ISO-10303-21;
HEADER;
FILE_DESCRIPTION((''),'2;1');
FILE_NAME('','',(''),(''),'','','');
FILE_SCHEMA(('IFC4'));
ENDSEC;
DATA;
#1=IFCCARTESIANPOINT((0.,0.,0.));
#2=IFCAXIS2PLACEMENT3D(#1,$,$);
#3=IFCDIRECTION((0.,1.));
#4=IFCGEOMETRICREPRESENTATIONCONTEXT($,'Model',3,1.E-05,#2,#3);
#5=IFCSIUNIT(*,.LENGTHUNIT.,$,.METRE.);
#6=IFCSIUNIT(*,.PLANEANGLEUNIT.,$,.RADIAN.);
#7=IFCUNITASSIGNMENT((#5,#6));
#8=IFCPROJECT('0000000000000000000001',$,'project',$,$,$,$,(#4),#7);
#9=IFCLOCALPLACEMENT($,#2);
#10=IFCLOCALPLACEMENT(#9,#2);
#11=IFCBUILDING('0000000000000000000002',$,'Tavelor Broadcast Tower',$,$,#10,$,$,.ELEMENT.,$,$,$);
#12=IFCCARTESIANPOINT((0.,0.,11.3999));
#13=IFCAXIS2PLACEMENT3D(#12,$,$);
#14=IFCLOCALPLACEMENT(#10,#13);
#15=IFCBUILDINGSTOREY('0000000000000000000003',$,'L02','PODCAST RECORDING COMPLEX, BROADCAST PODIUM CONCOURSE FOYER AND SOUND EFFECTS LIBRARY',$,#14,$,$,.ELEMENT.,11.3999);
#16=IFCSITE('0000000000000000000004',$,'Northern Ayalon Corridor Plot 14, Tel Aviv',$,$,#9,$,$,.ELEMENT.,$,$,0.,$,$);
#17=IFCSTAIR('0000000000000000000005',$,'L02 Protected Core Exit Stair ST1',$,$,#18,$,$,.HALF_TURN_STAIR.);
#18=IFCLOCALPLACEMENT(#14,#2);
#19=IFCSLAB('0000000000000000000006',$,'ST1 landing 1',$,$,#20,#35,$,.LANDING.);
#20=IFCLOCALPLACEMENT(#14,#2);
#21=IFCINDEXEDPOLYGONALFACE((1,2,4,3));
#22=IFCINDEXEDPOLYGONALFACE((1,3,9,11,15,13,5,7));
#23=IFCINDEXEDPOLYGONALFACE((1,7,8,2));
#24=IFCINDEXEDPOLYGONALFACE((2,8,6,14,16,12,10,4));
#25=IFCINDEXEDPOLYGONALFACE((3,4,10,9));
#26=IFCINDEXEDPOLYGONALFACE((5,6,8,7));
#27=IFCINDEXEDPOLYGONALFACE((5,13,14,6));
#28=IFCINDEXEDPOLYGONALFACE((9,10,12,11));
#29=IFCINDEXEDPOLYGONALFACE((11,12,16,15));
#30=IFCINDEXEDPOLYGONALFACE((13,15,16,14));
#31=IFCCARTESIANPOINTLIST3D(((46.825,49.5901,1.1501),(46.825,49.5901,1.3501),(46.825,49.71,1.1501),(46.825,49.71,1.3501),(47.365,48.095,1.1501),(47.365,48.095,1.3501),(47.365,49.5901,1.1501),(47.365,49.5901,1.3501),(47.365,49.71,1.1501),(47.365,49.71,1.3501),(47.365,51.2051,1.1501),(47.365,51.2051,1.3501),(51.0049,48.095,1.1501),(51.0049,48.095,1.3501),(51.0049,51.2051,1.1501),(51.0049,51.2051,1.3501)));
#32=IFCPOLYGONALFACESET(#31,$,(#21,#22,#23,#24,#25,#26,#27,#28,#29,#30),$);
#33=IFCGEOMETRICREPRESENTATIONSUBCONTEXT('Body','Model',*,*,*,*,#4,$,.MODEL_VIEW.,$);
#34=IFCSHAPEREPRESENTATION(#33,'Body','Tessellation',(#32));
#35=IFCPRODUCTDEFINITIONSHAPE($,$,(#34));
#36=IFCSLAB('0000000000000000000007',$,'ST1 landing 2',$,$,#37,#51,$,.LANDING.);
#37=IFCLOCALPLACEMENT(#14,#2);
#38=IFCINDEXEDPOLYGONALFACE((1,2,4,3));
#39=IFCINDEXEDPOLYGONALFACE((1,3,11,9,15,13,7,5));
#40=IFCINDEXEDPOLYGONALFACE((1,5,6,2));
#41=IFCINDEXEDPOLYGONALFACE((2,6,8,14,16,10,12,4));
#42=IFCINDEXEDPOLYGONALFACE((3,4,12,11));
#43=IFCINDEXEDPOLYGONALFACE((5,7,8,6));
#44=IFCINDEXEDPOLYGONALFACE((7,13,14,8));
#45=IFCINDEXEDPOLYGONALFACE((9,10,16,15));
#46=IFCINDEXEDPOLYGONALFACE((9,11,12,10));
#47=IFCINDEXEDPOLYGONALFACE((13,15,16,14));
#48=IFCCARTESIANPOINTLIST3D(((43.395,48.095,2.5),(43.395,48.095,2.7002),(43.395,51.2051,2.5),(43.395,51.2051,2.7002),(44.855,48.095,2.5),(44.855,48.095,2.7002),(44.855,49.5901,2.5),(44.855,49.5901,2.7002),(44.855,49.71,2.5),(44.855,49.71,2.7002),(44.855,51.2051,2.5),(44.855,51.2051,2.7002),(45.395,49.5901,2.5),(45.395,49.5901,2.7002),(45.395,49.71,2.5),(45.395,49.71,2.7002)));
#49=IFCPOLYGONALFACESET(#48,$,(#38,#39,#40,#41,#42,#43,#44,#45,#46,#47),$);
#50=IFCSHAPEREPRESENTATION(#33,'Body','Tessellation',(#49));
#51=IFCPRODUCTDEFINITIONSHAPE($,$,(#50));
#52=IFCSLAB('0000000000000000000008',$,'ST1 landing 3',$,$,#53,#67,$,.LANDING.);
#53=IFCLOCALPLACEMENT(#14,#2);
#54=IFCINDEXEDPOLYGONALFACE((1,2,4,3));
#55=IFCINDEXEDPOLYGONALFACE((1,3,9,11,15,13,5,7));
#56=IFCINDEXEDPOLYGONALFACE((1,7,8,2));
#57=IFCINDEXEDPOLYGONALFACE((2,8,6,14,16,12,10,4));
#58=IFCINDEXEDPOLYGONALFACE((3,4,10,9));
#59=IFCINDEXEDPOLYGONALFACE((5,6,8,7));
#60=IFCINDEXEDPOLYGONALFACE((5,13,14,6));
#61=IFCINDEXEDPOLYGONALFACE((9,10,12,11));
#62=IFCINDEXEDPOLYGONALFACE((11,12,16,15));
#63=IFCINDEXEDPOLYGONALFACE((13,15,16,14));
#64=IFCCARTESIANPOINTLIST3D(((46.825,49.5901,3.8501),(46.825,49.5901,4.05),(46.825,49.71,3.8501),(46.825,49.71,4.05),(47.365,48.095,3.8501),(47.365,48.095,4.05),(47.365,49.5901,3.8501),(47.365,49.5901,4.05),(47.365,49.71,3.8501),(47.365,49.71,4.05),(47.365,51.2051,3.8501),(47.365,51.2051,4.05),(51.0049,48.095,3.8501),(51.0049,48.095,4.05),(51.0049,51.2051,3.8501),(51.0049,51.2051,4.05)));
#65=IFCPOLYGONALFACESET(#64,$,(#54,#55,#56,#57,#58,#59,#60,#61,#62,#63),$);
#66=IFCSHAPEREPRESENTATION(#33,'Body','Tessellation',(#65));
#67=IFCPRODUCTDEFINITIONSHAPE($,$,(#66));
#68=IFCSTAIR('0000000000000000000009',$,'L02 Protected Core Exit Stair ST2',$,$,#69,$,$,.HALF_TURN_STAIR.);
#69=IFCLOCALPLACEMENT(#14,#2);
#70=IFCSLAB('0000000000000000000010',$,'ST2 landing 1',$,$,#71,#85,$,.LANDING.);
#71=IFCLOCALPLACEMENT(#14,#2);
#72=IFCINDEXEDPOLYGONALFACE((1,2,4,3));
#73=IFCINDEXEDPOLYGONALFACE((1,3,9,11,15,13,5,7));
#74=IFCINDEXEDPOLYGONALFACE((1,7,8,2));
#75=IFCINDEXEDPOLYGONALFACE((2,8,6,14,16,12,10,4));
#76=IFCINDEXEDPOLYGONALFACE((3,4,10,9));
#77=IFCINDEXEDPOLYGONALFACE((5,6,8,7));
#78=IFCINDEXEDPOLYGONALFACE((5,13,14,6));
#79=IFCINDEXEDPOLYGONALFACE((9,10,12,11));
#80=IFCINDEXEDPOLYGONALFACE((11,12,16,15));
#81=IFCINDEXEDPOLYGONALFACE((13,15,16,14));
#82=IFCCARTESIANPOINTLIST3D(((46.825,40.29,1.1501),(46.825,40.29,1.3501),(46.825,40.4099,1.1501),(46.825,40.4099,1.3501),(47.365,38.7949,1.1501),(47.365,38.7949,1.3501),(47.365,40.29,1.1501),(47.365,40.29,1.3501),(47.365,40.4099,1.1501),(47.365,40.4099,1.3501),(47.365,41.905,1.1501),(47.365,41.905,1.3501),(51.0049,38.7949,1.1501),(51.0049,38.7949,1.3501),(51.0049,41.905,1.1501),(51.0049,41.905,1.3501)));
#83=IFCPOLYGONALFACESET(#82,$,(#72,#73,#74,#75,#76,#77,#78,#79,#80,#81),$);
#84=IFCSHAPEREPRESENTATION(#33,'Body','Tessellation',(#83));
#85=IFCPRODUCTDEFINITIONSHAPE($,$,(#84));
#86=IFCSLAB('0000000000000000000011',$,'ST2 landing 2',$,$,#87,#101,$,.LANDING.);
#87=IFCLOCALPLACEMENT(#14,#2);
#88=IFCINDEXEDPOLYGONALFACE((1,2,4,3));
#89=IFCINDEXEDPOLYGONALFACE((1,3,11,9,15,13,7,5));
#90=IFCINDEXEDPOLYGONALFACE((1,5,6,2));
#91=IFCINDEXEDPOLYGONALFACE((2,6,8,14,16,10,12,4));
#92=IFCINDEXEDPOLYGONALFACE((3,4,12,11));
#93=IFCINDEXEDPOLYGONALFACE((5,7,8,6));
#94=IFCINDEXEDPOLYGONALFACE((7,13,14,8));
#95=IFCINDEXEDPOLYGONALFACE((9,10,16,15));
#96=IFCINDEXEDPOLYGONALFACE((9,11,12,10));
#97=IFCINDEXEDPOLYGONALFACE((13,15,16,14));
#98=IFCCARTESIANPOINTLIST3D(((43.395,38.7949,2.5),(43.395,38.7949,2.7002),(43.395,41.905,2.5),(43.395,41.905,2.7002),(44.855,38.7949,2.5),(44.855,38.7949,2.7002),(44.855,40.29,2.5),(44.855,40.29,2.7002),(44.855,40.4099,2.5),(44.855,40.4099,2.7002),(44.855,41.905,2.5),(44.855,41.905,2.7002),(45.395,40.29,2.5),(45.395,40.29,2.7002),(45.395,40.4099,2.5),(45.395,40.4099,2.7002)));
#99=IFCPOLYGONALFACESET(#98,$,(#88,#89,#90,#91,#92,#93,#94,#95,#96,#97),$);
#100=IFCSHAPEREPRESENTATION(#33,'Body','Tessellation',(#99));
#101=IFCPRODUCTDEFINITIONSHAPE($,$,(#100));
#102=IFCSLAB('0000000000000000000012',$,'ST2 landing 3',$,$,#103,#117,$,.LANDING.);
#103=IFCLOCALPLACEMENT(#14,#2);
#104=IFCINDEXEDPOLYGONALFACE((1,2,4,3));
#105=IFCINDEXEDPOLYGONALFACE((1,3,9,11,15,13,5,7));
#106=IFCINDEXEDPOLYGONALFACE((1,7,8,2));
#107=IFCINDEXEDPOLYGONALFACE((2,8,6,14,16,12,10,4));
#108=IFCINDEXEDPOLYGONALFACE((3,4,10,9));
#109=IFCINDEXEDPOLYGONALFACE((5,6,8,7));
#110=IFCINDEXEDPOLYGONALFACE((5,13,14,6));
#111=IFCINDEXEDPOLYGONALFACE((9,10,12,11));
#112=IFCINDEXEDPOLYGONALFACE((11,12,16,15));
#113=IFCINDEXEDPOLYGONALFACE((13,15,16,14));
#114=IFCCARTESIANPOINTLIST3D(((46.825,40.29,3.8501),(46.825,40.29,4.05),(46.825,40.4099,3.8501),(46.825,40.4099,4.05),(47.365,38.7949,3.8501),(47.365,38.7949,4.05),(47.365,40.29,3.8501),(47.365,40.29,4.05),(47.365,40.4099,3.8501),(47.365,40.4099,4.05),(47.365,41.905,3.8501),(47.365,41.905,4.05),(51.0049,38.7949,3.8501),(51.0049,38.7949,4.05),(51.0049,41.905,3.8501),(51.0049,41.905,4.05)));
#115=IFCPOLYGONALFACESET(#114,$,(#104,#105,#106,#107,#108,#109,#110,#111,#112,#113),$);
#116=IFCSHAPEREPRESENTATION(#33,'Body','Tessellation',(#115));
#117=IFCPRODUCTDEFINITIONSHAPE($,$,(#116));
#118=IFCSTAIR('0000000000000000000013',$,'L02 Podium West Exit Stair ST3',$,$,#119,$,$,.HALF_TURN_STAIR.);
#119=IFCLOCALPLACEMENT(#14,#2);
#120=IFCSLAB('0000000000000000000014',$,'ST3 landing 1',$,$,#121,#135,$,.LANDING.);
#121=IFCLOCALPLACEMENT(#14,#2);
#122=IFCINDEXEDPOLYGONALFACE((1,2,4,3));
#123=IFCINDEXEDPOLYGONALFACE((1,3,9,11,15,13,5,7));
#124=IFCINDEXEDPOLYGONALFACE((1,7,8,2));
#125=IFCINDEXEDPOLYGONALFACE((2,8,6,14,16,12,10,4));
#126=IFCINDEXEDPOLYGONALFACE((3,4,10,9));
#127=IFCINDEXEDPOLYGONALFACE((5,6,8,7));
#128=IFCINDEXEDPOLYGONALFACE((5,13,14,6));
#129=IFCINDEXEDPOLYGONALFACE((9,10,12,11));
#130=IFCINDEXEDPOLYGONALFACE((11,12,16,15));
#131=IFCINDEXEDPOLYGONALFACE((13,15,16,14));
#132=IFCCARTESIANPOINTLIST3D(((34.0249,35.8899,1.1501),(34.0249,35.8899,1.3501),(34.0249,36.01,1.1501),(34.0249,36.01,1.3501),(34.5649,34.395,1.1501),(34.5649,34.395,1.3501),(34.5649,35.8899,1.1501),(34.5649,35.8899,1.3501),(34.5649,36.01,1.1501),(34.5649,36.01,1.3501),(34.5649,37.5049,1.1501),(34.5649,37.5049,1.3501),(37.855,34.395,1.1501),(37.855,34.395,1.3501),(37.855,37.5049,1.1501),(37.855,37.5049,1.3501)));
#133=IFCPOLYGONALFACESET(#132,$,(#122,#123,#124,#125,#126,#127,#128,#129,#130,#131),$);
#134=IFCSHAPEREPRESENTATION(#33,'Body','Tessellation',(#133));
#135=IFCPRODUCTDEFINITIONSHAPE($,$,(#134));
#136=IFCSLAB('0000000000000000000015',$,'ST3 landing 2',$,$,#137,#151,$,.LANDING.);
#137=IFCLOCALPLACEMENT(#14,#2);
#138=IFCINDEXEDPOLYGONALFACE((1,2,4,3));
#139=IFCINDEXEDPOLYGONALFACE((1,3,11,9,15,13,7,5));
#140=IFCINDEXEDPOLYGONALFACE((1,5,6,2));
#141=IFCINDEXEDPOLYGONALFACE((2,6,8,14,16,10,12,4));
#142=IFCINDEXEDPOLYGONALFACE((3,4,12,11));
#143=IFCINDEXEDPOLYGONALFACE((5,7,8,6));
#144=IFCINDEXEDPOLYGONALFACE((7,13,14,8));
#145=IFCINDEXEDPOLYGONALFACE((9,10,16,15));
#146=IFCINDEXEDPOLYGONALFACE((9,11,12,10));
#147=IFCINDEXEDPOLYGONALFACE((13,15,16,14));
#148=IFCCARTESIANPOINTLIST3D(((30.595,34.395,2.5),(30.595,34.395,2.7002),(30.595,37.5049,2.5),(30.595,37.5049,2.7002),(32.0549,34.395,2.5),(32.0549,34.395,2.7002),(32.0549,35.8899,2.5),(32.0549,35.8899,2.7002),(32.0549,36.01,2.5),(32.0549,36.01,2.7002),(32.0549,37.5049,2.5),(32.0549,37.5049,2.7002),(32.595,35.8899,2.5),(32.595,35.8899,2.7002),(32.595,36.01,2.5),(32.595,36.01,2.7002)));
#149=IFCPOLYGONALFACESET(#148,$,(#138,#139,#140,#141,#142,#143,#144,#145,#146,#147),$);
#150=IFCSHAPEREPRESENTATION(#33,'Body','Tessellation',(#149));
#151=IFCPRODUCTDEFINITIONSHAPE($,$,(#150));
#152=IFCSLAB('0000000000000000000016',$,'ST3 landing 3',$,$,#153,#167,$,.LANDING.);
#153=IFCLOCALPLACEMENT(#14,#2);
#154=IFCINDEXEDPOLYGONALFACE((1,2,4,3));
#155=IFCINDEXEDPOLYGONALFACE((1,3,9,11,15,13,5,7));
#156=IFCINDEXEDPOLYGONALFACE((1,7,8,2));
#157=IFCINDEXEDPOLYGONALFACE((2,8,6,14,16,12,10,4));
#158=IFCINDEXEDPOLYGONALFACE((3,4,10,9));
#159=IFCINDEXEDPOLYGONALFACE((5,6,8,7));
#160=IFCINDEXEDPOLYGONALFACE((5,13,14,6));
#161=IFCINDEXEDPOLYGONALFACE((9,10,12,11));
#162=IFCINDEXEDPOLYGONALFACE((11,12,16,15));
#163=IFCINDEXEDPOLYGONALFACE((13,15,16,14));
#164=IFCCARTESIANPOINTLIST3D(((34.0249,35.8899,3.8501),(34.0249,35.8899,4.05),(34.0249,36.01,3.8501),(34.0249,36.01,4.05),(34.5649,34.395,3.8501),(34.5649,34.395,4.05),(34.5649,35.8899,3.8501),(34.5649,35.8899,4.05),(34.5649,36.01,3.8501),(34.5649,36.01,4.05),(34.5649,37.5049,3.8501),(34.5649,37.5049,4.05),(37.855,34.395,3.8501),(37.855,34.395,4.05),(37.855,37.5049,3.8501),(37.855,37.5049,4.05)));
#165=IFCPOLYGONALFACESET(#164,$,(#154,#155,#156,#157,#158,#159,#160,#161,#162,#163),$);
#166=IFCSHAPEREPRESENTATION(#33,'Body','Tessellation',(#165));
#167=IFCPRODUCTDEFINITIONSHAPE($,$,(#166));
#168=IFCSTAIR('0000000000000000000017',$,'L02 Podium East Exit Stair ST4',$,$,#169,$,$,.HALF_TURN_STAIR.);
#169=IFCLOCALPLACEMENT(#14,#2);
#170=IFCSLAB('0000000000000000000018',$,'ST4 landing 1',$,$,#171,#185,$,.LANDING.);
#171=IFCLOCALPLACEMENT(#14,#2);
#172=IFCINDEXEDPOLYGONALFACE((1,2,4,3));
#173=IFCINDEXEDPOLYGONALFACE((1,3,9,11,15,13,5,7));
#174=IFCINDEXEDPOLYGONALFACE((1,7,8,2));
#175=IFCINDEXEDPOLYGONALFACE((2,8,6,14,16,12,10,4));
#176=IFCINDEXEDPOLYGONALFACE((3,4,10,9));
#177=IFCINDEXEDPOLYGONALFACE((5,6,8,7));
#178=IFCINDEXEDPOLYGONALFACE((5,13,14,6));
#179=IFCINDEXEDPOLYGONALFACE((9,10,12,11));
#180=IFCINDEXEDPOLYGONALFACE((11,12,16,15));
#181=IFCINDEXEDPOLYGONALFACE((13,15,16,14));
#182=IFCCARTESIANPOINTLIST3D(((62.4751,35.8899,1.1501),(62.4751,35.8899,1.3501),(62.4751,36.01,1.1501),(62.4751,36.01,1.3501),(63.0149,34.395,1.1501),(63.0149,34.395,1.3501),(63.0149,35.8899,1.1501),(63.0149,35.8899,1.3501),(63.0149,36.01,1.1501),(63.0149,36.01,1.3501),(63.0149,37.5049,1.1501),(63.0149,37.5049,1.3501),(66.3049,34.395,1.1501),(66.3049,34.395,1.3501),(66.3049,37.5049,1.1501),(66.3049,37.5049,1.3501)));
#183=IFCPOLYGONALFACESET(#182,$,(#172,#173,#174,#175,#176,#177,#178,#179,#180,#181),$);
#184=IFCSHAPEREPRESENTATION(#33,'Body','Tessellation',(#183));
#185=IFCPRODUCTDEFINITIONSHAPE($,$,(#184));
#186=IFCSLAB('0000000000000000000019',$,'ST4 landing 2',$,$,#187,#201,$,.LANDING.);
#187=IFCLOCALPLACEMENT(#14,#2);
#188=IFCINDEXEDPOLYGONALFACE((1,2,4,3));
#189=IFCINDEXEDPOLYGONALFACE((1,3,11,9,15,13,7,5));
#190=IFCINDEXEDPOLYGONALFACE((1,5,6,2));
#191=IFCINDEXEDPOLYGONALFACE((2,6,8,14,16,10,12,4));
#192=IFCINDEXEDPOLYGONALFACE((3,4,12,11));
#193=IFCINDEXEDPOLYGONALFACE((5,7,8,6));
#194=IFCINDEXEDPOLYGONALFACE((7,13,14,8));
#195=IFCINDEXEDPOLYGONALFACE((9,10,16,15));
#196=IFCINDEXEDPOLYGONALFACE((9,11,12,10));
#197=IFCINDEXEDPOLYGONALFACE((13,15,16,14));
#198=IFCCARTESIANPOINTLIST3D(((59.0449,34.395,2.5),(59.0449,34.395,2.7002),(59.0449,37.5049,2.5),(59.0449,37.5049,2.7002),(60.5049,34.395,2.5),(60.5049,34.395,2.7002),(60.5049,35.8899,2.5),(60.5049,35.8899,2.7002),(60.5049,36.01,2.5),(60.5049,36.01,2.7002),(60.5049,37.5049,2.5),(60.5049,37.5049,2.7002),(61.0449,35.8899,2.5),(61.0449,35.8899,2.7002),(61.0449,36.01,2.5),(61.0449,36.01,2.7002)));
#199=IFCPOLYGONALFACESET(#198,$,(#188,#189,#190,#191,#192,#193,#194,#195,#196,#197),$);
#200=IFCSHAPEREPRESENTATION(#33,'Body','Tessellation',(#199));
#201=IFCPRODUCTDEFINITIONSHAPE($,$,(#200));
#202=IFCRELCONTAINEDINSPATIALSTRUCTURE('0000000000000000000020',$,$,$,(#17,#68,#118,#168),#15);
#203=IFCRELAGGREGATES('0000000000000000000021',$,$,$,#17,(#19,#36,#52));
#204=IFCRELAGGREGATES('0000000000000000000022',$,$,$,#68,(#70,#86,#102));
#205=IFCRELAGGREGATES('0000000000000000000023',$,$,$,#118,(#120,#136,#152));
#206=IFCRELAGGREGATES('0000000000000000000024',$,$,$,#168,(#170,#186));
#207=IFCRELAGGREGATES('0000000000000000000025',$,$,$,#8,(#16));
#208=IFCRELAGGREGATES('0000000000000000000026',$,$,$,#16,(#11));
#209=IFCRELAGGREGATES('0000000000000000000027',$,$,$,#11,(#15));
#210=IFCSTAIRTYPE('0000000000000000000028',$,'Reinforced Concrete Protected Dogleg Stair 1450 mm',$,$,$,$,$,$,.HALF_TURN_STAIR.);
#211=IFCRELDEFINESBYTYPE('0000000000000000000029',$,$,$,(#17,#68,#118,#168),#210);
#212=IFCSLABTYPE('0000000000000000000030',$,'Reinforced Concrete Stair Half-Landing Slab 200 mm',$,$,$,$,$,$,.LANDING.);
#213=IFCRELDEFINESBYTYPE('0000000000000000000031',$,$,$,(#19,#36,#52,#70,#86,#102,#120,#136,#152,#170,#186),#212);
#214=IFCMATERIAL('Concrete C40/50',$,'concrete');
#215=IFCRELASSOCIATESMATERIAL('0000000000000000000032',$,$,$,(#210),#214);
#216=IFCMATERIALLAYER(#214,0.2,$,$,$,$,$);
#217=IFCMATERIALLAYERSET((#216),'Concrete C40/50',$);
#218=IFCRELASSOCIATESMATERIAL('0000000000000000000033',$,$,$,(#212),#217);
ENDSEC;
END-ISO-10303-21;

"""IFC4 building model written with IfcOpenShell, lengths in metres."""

from ifc_helpers import new_model, si_unit, direction, frame, origin, place, context, subcontext, project, spatial, polyline, outline, extrude, material, layer, layer_set, type_object, element, aggregate, save


model = new_model("IFC4")

# Units and contexts
model_context = context("Model", 3, precision=1e-05, world=origin(), true_north=direction((0.0, 1.0)))
body_context = subcontext(model_context, "Body", "Model", "MODEL_VIEW")
ifc_project = project(units=[si_unit("LENGTHUNIT", "METRE"), si_unit("PLANEANGLEUNIT", "RADIAN")], contexts=[model_context])

# Site, building, storey
site_placement = place(None, origin())
site = spatial("IfcSite", under=ifc_project, at=site_placement, Name="Northern Ayalon Corridor Plot 14, Tel Aviv", CompositionType="ELEMENT", RefElevation=0.0)
building_placement = place(site_placement, origin())
building = spatial("IfcBuilding", under=site, at=building_placement, Name="Tavelor Broadcast Tower", CompositionType="ELEMENT")
storey_placement = place(building_placement, frame((0.0, 0.0, 11.3999)))
storey = spatial("IfcBuildingStorey", under=building, at=storey_placement, Name="L02", Description="PODCAST RECORDING COMPLEX, BROADCAST PODIUM CONCOURSE FOYER AND SOUND EFFECTS LIBRARY", CompositionType="ELEMENT", Elevation=11.3999)

# Shared definitions
ifc_material_1 = material(Name="Concrete C40/50", Category="concrete")

# Stairs, slabs
stair_type = type_object("IfcStairType", Name="Reinforced Concrete Protected Dogleg Stair 1450 mm", PredefinedType="HALF_TURN_STAIR", material=ifc_material_1)
stair_1_placement = place(storey_placement, origin())
stair_1 = element("IfcStair", 1, at=stair_1_placement, inside=storey, type_object=stair_type, Name="L02 Protected Core Exit Stair ST1", PredefinedType="HALF_TURN_STAIR")
ifc_layer_1 = layer(ifc_material_1, 0.2)
ifc_layer_set_1 = layer_set([ifc_layer_1], Name="Concrete C40/50")
slab_type_1 = type_object("IfcSlabType", Name="Reinforced Concrete Stair Half-Landing Slab 200 mm", PredefinedType="LANDING", material=ifc_layer_set_1)
slab_1_placement = place(storey_placement, frame((0.0, 0.0, 1.1501)))
slab_1 = element("IfcSlab", 2, at=slab_1_placement, type_object=slab_type_1, Name="ST1 landing 1", PredefinedType="LANDING", context=body_context, shape_type="SweptSolid", body=[
    extrude(outline(polyline([(47.365, 49.5901), (47.365, 48.095), (51.0049, 48.095), (51.0049, 51.2051), (47.365, 51.2051), (47.365, 49.71), (46.825, 49.71), (46.825, 49.5901), (47.365, 49.5901)])), origin(), (0.0, 0.0, 1.0), 0.2),
])
slab_2_placement = place(storey_placement, frame((0.0, 0.0, 2.5)))
slab_2 = element("IfcSlab", 3, at=slab_2_placement, type_object=slab_type_1, Name="ST1 landing 2", PredefinedType="LANDING", context=body_context, shape_type="SweptSolid", body=[
    extrude(outline(polyline([(43.395, 48.095), (44.855, 48.095), (44.855, 49.5901), (45.395, 49.5901), (45.395, 49.71), (44.855, 49.71), (44.855, 51.2051), (43.395, 51.2051), (43.395, 48.095)])), origin(), (0.0, 0.0, 1.0), 0.2002),
])
slab_3_placement = place(storey_placement, frame((0.0, 0.0, 3.8501)))
slab_3 = element("IfcSlab", 4, at=slab_3_placement, type_object=slab_type_1, Name="ST1 landing 3", PredefinedType="LANDING", context=body_context, shape_type="SweptSolid", body=[
    extrude(outline(polyline([(47.365, 49.5901), (47.365, 48.095), (51.0049, 48.095), (51.0049, 51.2051), (47.365, 51.2051), (47.365, 49.71), (46.825, 49.71), (46.825, 49.5901), (47.365, 49.5901)])), origin(), (0.0, 0.0, 1.0), 0.2),
])
aggregate(stair_1, [slab_1, slab_2, slab_3])
stair_2_placement = place(storey_placement, origin())
stair_2 = element("IfcStair", 5, at=stair_2_placement, inside=storey, type_object=stair_type, Name="L02 Protected Core Exit Stair ST2", PredefinedType="HALF_TURN_STAIR")
slab_4_placement = place(storey_placement, frame((0.0, 0.0, 1.1501)))
slab_4 = element("IfcSlab", 6, at=slab_4_placement, type_object=slab_type_1, Name="ST2 landing 1", PredefinedType="LANDING", context=body_context, shape_type="SweptSolid", body=[
    extrude(outline(polyline([(47.365, 40.29), (47.365, 38.7949), (51.0049, 38.7949), (51.0049, 41.905), (47.365, 41.905), (47.365, 40.4099), (46.825, 40.4099), (46.825, 40.29), (47.365, 40.29)])), origin(), (0.0, 0.0, 1.0), 0.2),
])
slab_5_placement = place(storey_placement, frame((0.0, 0.0, 2.5)))
slab_5 = element("IfcSlab", 7, at=slab_5_placement, type_object=slab_type_1, Name="ST2 landing 2", PredefinedType="LANDING", context=body_context, shape_type="SweptSolid", body=[
    extrude(outline(polyline([(43.395, 38.7949), (44.855, 38.7949), (44.855, 40.29), (45.395, 40.29), (45.395, 40.4099), (44.855, 40.4099), (44.855, 41.905), (43.395, 41.905), (43.395, 38.7949)])), origin(), (0.0, 0.0, 1.0), 0.2002),
])
slab_6_placement = place(storey_placement, frame((0.0, 0.0, 3.8501)))
slab_6 = element("IfcSlab", 8, at=slab_6_placement, type_object=slab_type_1, Name="ST2 landing 3", PredefinedType="LANDING", context=body_context, shape_type="SweptSolid", body=[
    extrude(outline(polyline([(47.365, 40.29), (47.365, 38.7949), (51.0049, 38.7949), (51.0049, 41.905), (47.365, 41.905), (47.365, 40.4099), (46.825, 40.4099), (46.825, 40.29), (47.365, 40.29)])), origin(), (0.0, 0.0, 1.0), 0.2),
])
aggregate(stair_2, [slab_4, slab_5, slab_6])
stair_3_placement = place(storey_placement, origin())
stair_3 = element("IfcStair", 9, at=stair_3_placement, inside=storey, type_object=stair_type, Name="L02 Podium West Exit Stair ST3", PredefinedType="HALF_TURN_STAIR")
slab_7_placement = place(storey_placement, frame((0.0, 0.0, 1.1501)))
slab_7 = element("IfcSlab", 10, at=slab_7_placement, type_object=slab_type_1, Name="ST3 landing 1", PredefinedType="LANDING", context=body_context, shape_type="SweptSolid", body=[
    extrude(outline(polyline([(34.5649, 35.8899), (34.5649, 34.395), (37.855, 34.395), (37.855, 37.5049), (34.5649, 37.5049), (34.5649, 36.01), (34.0249, 36.01), (34.0249, 35.8899), (34.5649, 35.8899)])), origin(), (0.0, 0.0, 1.0), 0.2),
])
slab_8_placement = place(storey_placement, frame((0.0, 0.0, 2.5)))
slab_8 = element("IfcSlab", 11, at=slab_8_placement, type_object=slab_type_1, Name="ST3 landing 2", PredefinedType="LANDING", context=body_context, shape_type="SweptSolid", body=[
    extrude(outline(polyline([(30.595, 34.395), (32.0549, 34.395), (32.0549, 35.8899), (32.595, 35.8899), (32.595, 36.01), (32.0549, 36.01), (32.0549, 37.5049), (30.595, 37.5049), (30.595, 34.395)])), origin(), (0.0, 0.0, 1.0), 0.2002),
])
slab_9_placement = place(storey_placement, frame((0.0, 0.0, 3.8501)))
slab_9 = element("IfcSlab", 12, at=slab_9_placement, type_object=slab_type_1, Name="ST3 landing 3", PredefinedType="LANDING", context=body_context, shape_type="SweptSolid", body=[
    extrude(outline(polyline([(34.5649, 35.8899), (34.5649, 34.395), (37.855, 34.395), (37.855, 37.5049), (34.5649, 37.5049), (34.5649, 36.01), (34.0249, 36.01), (34.0249, 35.8899), (34.5649, 35.8899)])), origin(), (0.0, 0.0, 1.0), 0.2),
])
aggregate(stair_3, [slab_7, slab_8, slab_9])
stair_4_placement = place(storey_placement, origin())
stair_4 = element("IfcStair", 13, at=stair_4_placement, inside=storey, type_object=stair_type, Name="L02 Podium East Exit Stair ST4", PredefinedType="HALF_TURN_STAIR")
slab_10_placement = place(storey_placement, frame((0.0, 0.0, 1.1501)))
slab_10 = element("IfcSlab", 14, at=slab_10_placement, type_object=slab_type_1, Name="ST4 landing 1", PredefinedType="LANDING", context=body_context, shape_type="SweptSolid", body=[
    extrude(outline(polyline([(63.0149, 35.8899), (63.0149, 34.395), (66.3049, 34.395), (66.3049, 37.5049), (63.0149, 37.5049), (63.0149, 36.01), (62.4751, 36.01), (62.4751, 35.8899), (63.0149, 35.8899)])), origin(), (0.0, 0.0, 1.0), 0.2),
])
slab_11_placement = place(storey_placement, frame((0.0, 0.0, 2.5)))
slab_11 = element("IfcSlab", 15, at=slab_11_placement, type_object=slab_type_1, Name="ST4 landing 2", PredefinedType="LANDING", context=body_context, shape_type="SweptSolid", body=[
    extrude(outline(polyline([(59.0449, 34.395), (60.5049, 34.395), (60.5049, 35.8899), (61.0449, 35.8899), (61.0449, 36.01), (60.5049, 36.01), (60.5049, 37.5049), (59.0449, 37.5049), (59.0449, 34.395)])), origin(), (0.0, 0.0, 1.0), 0.2002),
])
aggregate(stair_4, [slab_10, slab_11])

save(model, "model.ifc")
